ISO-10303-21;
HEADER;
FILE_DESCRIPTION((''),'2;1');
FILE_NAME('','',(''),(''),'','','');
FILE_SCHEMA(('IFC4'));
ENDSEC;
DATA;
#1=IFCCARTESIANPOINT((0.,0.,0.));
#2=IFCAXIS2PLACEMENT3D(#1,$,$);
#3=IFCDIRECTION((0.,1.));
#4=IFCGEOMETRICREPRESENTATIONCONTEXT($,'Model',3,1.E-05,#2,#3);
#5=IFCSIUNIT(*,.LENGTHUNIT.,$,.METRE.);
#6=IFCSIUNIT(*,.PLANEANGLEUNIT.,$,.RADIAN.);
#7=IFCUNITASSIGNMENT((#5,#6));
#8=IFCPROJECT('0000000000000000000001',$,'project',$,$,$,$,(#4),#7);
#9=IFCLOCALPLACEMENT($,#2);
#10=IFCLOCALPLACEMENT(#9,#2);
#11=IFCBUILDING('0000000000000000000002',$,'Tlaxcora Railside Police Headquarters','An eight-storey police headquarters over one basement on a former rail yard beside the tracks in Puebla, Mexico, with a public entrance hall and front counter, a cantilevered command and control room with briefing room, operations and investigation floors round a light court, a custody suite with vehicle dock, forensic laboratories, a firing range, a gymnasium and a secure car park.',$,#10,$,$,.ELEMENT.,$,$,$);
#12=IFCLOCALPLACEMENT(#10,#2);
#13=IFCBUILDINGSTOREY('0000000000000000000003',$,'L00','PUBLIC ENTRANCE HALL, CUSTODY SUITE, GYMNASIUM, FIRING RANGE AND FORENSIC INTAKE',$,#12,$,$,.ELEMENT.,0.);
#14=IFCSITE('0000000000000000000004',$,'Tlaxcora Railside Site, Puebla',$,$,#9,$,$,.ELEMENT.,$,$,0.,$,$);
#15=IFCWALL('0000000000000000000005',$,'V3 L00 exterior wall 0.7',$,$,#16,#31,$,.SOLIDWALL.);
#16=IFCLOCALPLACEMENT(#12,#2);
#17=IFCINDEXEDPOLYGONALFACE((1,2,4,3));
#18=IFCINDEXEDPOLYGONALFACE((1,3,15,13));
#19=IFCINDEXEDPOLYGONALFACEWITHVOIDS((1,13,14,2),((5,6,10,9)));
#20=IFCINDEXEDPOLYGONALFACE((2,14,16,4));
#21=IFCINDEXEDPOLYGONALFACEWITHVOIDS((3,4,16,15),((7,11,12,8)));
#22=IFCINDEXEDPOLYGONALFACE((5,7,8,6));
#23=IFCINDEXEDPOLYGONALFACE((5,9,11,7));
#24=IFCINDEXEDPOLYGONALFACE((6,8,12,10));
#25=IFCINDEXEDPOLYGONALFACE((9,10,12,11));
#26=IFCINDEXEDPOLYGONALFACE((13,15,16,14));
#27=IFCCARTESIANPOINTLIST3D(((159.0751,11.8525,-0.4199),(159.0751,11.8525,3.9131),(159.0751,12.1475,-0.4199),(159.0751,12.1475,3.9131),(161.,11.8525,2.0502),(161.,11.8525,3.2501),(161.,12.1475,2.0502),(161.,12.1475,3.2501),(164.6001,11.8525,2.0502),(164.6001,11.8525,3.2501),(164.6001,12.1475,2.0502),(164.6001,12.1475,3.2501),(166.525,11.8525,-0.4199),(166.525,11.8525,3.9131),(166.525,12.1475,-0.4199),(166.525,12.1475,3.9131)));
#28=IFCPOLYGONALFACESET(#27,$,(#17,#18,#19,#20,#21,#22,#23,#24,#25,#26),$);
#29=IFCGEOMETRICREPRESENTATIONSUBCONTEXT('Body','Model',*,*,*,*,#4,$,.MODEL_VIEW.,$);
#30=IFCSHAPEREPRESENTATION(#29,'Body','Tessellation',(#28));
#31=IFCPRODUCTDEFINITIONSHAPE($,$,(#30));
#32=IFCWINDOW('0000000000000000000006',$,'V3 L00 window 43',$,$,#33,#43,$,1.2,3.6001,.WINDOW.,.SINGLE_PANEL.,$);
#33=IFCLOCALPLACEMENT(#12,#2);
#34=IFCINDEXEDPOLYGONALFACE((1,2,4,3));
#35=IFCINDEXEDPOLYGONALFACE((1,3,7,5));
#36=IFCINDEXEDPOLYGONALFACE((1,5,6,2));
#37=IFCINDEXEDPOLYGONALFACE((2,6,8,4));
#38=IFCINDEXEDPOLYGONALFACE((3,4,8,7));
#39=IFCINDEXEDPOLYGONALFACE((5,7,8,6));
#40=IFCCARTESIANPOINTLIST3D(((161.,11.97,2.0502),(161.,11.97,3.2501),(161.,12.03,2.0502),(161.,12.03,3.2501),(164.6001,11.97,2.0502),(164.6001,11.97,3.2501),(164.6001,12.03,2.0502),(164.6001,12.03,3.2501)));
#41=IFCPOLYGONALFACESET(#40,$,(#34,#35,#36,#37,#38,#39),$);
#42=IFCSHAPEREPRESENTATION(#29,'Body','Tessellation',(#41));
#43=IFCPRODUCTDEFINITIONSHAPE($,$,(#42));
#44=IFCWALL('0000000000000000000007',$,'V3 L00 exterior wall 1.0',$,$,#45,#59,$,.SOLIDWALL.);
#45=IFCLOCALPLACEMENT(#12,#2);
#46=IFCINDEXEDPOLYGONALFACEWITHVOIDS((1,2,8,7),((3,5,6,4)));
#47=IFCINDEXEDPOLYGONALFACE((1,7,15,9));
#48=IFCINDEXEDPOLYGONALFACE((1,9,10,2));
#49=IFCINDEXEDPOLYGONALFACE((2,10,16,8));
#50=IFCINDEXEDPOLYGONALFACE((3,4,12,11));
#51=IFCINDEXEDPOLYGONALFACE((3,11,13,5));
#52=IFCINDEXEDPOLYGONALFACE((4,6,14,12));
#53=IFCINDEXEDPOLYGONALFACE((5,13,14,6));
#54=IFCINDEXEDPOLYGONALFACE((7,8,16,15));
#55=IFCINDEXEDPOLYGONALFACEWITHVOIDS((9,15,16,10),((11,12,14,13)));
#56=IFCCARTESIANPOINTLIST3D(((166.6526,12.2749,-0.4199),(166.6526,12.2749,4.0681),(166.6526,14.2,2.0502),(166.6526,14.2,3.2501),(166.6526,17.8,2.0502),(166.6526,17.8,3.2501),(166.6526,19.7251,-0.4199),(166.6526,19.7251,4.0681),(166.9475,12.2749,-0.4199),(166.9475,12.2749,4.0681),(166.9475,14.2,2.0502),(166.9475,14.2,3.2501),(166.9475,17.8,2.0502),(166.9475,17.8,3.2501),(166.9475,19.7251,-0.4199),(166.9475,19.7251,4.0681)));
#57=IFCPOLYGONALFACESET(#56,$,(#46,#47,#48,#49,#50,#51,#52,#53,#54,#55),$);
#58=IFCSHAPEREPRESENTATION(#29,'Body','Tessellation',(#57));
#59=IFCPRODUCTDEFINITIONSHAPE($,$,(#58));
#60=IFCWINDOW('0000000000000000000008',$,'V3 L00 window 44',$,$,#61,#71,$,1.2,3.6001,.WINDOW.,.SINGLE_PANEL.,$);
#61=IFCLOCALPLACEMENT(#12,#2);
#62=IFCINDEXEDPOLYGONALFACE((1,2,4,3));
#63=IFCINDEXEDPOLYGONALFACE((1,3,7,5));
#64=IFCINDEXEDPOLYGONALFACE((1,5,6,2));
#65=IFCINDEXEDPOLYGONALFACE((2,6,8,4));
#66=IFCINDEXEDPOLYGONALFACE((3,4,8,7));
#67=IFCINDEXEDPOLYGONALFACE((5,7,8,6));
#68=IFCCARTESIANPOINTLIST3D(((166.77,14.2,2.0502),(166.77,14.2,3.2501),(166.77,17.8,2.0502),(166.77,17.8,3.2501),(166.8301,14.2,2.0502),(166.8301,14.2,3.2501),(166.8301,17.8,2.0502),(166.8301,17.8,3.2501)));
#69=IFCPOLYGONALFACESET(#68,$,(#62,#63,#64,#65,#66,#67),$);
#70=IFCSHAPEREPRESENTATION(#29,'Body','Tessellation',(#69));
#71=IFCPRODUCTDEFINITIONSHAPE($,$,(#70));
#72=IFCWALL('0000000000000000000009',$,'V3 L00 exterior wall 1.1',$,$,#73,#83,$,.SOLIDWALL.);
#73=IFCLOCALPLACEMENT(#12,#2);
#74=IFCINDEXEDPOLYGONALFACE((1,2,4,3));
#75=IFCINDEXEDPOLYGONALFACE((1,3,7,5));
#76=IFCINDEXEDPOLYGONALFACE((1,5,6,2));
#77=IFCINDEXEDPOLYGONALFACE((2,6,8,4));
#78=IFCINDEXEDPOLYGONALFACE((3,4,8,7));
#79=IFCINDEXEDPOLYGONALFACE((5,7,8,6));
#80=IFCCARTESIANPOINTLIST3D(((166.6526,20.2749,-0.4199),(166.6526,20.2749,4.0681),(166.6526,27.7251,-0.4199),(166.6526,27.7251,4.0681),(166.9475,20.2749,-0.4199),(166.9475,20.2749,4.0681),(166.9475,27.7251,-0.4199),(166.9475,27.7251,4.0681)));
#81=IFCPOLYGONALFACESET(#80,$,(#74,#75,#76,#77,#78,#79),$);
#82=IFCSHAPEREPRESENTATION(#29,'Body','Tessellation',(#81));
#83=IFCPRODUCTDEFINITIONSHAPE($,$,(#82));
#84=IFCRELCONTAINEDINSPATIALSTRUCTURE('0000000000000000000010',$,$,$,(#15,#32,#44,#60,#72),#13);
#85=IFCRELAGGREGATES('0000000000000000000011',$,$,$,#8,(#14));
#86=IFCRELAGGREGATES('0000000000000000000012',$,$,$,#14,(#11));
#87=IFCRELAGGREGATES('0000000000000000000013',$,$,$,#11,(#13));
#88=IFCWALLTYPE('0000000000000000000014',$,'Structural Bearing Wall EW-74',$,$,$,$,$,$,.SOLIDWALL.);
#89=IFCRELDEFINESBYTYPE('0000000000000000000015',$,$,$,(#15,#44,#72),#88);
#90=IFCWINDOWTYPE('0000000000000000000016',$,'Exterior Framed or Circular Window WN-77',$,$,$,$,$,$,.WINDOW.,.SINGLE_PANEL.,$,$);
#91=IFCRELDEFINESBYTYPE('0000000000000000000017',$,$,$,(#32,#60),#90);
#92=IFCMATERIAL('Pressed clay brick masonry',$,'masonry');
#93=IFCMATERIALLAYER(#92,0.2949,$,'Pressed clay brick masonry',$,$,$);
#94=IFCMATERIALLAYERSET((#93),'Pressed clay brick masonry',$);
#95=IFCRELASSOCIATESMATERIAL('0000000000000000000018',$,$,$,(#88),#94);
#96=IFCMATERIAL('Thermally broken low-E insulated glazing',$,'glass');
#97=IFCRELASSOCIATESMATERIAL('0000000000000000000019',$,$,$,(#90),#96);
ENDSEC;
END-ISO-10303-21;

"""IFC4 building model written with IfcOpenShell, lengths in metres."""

from ifc_helpers import new_model, si_unit, direction, frame, frame_2d, origin, place, context, subcontext, project, spatial, rectangle, extrude, material, layer, layer_set, type_object, element, fill, save


model = new_model("IFC4")

# Units and contexts
model_context = context("Model", 3, precision=1e-05, world=origin(), true_north=direction((0.0, 1.0)))
body_context = subcontext(model_context, "Body", "Model", "MODEL_VIEW")
ifc_project = project(units=[si_unit("LENGTHUNIT", "METRE"), si_unit("PLANEANGLEUNIT", "RADIAN")], contexts=[model_context])

# Site, building, storey
site_placement = place(None, origin())
site = spatial("IfcSite", under=ifc_project, at=site_placement, Name="Tlaxcora Railside Site, Puebla", CompositionType="ELEMENT", RefElevation=0.0)
building_placement = place(site_placement, origin())
building = spatial("IfcBuilding", under=site, at=building_placement, Name="Tlaxcora Railside Police Headquarters", Description="An eight-storey police headquarters over one basement on a former rail yard beside the tracks in Puebla, Mexico, with a public entrance hall and front counter, a cantilevered command and control room with briefing room, operations and investigation floors round a light court, a custody suite with vehicle dock, forensic laboratories, a firing range, a gymnasium and a secure car park.", CompositionType="ELEMENT")
storey_placement = place(building_placement, origin())
storey = spatial("IfcBuildingStorey", under=building, at=storey_placement, Name="L00", Description="PUBLIC ENTRANCE HALL, CUSTODY SUITE, GYMNASIUM, FIRING RANGE AND FORENSIC INTAKE", CompositionType="ELEMENT", Elevation=0.0)

# Walls, openings, windows
ifc_material_1 = material(Name="Pressed clay brick masonry", Category="masonry")
ifc_layer_1 = layer(ifc_material_1, 0.2949, Name="Pressed clay brick masonry")
ifc_layer_set_1 = layer_set([ifc_layer_1], Name="Pressed clay brick masonry")
wall_type = type_object("IfcWallType", Name="Structural Bearing Wall EW-74", PredefinedType="SOLIDWALL", material=ifc_layer_set_1)
wall_1_placement = place(storey_placement, frame((159.075, 12.0, -0.4199), z_axis=(0.0, 0.0, 1.0), x_axis=(1.0, 0.0, 0.0)))
wall_1 = element("IfcWall", 1, at=wall_1_placement, inside=storey, type_object=wall_type, Name="V3 L00 exterior wall 0.7", PredefinedType="SOLIDWALL", context=body_context, shape_type="SweptSolid", body=[
    extrude(rectangle(XDim=7.45, YDim=0.2949, at=frame_2d((3.7251, 0.0))), origin(), (0.0, 0.0, 1.0), 4.333),
])
opening_1_placement = place(wall_1_placement, frame((1.925, 0.0, 2.47)))
opening_1 = element("IfcOpeningElement", 2, at=opening_1_placement, cuts=wall_1, PredefinedType="OPENING", context=body_context, shape_type="SweptSolid", body=[
    extrude(rectangle(XDim=3.6001, YDim=1.2, at=frame_2d((1.8, 0.6001))), frame((0.0, 0.1575, 0.0), z_axis=(0.0, -1.0, 0.0), x_axis=(1.0, 0.0, 0.0)), (0.0, 0.0, 1.0), 0.3149),
])
ifc_material_2 = material(Name="Thermally broken low-E insulated glazing", Category="glass")
window_type = type_object("IfcWindowType", Name="Exterior Framed or Circular Window WN-77", PartitioningType="SINGLE_PANEL", PredefinedType="WINDOW", material=ifc_material_2)
window_1_placement = place(opening_1_placement, origin())
window_1 = element("IfcWindow", 3, at=window_1_placement, inside=storey, type_object=window_type, Name="V3 L00 window 43", OverallHeight=1.2, OverallWidth=3.6001, PartitioningType="SINGLE_PANEL", PredefinedType="WINDOW", context=body_context, shape_type="SweptSolid", body=[
    extrude(rectangle(XDim=3.6001, YDim=1.2, at=frame_2d((1.8, 0.6001))), frame((0.0, 0.03, 0.0), z_axis=(0.0, -1.0, 0.0), x_axis=(1.0, 0.0, 0.0)), (0.0, 0.0, 1.0), 0.0601),
])
fill(opening_1, window_1)
wall_2_placement = place(storey_placement, frame((166.8, 12.2749, -0.4199), z_axis=(0.0, 0.0, 1.0), x_axis=(0.0, 1.0, 0.0)))
wall_2 = element("IfcWall", 4, at=wall_2_placement, inside=storey, type_object=wall_type, Name="V3 L00 exterior wall 1.0", PredefinedType="SOLIDWALL", context=body_context, shape_type="SweptSolid", body=[
    extrude(rectangle(XDim=7.4502, YDim=0.2949, at=frame_2d((3.7251, 0.0))), origin(), (0.0, 0.0, 1.0), 4.488),
])
opening_2_placement = place(wall_2_placement, frame((1.925, 0.0, 2.47)))
opening_2 = element("IfcOpeningElement", 5, at=opening_2_placement, cuts=wall_2, PredefinedType="OPENING", context=body_context, shape_type="SweptSolid", body=[
    extrude(rectangle(XDim=3.6001, YDim=1.2, at=frame_2d((1.8, 0.6001))), frame((0.0, 0.1575, 0.0), z_axis=(0.0, -1.0, 0.0), x_axis=(1.0, 0.0, 0.0)), (0.0, 0.0, 1.0), 0.3149),
])
window_2_placement = place(opening_2_placement, origin())
window_2 = element("IfcWindow", 6, at=window_2_placement, inside=storey, type_object=window_type, Name="V3 L00 window 44", OverallHeight=1.2, OverallWidth=3.6001, PartitioningType="SINGLE_PANEL", PredefinedType="WINDOW", context=body_context, shape_type="SweptSolid", body=[
    extrude(rectangle(XDim=3.6001, YDim=1.2, at=frame_2d((1.8, 0.6001))), frame((0.0, 0.03, 0.0), z_axis=(0.0, -1.0, 0.0), x_axis=(1.0, 0.0, 0.0)), (0.0, 0.0, 1.0), 0.0601),
])
fill(opening_2, window_2)

# Wall
wall_3_placement = place(storey_placement, frame((166.8, 20.2749, -0.4199), z_axis=(0.0, 0.0, 1.0), x_axis=(0.0, 1.0, 0.0)))
element("IfcWall", 7, at=wall_3_placement, inside=storey, type_object=wall_type, Name="V3 L00 exterior wall 1.1", PredefinedType="SOLIDWALL", context=body_context, shape_type="SweptSolid", body=[
    extrude(rectangle(XDim=7.4502, YDim=0.2949, at=frame_2d((3.7251, 0.0))), origin(), (0.0, 0.0, 1.0), 4.488),
])

save(model, "model.ifc")
